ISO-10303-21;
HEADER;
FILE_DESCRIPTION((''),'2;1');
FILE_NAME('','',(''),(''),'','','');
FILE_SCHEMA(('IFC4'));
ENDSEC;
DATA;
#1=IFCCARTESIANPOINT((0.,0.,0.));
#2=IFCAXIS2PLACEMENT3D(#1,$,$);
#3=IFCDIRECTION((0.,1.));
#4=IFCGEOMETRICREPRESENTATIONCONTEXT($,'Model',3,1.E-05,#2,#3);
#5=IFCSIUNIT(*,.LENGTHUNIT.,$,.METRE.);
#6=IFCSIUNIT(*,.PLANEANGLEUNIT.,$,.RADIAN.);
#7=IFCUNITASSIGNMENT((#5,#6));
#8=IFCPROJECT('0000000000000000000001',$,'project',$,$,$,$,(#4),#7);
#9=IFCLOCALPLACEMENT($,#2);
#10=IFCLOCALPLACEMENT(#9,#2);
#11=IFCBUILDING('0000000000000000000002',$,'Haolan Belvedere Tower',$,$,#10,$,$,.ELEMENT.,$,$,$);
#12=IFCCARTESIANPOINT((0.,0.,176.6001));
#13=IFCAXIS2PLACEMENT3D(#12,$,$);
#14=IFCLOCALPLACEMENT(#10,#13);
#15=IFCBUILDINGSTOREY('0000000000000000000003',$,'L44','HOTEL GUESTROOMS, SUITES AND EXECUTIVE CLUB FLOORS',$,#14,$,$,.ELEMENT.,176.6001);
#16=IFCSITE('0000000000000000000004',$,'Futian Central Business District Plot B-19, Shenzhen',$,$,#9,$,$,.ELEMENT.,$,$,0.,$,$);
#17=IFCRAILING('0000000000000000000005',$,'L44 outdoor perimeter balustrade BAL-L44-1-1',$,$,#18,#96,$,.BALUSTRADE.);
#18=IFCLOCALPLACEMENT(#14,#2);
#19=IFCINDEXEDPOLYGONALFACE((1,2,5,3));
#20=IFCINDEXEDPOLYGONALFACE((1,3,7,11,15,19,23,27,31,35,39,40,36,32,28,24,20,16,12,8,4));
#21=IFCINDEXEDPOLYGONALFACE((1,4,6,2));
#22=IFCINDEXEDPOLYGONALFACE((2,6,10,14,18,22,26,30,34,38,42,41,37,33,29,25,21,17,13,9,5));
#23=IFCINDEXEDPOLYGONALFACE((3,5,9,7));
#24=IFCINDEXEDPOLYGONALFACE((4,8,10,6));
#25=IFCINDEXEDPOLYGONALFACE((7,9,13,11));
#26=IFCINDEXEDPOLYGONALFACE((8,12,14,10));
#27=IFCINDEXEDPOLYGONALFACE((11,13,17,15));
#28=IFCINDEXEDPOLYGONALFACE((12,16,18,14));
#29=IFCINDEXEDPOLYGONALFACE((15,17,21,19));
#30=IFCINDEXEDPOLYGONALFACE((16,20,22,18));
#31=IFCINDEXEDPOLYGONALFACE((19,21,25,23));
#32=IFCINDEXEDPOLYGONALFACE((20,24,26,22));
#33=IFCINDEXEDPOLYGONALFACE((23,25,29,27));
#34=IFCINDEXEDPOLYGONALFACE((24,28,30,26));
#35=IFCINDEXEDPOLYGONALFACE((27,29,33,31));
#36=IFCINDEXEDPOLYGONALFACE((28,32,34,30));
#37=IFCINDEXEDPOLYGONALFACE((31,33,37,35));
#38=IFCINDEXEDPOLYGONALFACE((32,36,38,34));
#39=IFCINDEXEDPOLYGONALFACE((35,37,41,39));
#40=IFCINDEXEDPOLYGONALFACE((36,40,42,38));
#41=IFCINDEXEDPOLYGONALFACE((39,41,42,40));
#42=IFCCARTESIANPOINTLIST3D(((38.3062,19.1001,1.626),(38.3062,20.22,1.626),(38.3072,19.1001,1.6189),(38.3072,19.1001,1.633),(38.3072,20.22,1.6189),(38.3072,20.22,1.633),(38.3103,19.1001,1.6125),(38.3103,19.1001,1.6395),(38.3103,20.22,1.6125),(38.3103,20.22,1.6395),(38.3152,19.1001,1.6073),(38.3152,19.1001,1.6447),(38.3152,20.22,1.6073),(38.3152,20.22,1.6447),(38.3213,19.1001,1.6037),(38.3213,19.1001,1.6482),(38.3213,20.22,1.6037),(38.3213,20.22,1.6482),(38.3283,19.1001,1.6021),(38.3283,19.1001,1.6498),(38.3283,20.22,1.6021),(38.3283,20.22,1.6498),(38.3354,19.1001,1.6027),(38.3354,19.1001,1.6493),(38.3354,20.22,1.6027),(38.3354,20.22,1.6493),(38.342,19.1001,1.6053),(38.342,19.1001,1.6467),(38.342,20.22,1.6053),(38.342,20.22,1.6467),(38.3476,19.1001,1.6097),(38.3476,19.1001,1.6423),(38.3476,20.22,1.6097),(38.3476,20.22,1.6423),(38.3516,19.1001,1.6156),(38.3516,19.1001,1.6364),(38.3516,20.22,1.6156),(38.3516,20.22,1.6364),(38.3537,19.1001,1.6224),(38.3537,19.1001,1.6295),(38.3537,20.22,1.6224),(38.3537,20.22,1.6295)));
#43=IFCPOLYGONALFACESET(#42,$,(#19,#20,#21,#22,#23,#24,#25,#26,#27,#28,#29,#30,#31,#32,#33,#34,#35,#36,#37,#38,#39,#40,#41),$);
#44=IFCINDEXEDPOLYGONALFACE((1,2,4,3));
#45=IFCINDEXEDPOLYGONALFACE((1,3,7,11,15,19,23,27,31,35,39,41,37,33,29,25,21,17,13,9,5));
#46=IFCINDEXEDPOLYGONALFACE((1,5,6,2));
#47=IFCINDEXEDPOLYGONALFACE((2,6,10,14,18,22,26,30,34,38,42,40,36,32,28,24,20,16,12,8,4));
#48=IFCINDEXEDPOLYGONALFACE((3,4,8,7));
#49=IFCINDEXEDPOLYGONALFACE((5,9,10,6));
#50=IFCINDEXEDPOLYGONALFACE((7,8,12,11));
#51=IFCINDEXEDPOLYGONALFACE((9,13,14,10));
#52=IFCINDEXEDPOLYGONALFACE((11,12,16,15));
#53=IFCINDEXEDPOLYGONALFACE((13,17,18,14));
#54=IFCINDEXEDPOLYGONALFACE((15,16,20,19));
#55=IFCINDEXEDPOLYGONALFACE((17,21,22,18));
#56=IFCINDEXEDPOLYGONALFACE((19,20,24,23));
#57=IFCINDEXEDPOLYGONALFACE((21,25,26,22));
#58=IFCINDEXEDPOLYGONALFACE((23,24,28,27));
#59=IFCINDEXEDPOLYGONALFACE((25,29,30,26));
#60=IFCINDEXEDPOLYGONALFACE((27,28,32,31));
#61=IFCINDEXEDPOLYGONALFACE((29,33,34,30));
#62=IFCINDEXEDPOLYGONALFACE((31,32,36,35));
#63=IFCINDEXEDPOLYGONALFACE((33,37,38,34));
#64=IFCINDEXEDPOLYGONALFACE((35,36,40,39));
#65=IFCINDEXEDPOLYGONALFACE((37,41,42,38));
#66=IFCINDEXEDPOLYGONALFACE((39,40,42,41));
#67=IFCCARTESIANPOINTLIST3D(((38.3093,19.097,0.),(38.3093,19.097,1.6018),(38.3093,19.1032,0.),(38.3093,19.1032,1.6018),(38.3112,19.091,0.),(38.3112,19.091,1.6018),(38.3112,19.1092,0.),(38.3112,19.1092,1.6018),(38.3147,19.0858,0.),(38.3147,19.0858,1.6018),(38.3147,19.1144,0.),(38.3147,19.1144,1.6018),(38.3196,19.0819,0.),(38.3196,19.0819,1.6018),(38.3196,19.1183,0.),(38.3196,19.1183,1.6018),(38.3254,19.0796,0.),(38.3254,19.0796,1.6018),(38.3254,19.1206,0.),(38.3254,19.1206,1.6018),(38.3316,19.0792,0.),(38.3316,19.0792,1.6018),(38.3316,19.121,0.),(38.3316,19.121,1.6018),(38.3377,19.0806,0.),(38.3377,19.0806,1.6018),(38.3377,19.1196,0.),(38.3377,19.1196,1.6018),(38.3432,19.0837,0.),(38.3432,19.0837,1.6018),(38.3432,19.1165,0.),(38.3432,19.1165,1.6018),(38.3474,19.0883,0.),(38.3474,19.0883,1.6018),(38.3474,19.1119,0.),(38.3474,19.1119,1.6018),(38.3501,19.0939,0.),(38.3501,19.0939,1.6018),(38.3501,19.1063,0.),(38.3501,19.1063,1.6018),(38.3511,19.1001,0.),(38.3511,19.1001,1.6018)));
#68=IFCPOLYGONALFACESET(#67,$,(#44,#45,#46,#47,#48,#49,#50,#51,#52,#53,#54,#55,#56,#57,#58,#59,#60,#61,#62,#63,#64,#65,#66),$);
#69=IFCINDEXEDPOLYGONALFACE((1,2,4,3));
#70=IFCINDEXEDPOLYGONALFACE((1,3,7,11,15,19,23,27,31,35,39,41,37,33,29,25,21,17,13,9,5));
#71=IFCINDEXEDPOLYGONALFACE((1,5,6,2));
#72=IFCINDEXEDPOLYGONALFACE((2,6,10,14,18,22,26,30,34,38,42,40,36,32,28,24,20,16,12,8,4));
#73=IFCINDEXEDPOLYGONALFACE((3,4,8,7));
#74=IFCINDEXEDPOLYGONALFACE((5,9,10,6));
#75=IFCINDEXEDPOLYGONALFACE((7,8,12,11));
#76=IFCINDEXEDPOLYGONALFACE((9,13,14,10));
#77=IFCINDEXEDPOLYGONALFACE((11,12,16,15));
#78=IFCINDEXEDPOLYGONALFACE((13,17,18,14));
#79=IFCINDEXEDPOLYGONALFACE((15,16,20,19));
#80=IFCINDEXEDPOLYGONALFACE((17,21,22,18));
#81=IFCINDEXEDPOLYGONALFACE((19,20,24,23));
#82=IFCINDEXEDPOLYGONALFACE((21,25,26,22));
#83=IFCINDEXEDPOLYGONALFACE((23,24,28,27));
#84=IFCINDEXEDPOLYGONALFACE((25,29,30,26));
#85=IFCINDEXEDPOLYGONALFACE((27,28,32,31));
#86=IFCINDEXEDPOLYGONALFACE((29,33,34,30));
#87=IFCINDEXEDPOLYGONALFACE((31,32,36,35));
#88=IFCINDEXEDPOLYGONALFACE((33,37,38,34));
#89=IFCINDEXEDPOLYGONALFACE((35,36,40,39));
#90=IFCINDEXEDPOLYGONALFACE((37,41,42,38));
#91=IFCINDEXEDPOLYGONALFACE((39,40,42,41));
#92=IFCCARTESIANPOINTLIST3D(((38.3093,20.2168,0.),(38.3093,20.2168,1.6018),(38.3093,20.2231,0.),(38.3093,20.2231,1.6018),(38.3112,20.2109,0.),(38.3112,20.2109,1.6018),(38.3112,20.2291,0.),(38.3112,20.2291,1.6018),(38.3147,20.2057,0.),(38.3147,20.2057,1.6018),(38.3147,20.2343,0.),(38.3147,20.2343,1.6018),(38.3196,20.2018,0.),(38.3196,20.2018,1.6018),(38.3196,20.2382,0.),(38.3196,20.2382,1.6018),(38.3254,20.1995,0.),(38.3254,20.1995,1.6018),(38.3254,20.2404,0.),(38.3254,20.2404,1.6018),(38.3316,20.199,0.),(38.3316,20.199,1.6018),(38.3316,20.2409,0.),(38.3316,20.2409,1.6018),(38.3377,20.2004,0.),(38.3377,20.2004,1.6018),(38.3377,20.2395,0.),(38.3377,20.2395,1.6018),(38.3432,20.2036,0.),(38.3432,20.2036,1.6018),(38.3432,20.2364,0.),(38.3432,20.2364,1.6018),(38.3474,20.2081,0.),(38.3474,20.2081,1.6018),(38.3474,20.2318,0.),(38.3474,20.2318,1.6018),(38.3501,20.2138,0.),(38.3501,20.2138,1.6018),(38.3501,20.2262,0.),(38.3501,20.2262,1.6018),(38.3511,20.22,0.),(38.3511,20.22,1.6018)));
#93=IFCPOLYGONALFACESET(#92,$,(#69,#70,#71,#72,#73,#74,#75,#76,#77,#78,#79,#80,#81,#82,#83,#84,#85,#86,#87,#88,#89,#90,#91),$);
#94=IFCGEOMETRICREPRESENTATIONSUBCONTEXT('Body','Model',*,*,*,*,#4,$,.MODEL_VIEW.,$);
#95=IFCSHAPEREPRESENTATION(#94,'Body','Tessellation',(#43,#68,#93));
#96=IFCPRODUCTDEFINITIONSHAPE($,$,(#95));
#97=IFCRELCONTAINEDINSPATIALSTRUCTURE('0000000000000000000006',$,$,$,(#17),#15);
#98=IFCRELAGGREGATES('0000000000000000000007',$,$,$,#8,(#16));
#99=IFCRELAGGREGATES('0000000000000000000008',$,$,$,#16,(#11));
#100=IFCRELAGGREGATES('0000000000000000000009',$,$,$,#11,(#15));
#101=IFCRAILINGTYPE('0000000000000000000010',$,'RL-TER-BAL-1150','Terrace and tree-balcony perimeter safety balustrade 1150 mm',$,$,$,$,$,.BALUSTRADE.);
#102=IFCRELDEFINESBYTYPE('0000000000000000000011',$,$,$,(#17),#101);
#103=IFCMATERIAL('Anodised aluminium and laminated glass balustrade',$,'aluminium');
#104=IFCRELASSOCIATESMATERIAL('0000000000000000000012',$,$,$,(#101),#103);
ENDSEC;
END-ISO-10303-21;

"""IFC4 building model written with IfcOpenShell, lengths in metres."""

from ifc_helpers import new_model, si_unit, direction, frame, origin, origin_2d, place, context, subcontext, project, spatial, circle, extrude, material, type_object, element, save


model = new_model("IFC4")

# Units and contexts
model_context = context("Model", 3, precision=1e-05, world=origin(), true_north=direction((0.0, 1.0)))
body_context = subcontext(model_context, "Body", "Model", "MODEL_VIEW")
ifc_project = project(units=[si_unit("LENGTHUNIT", "METRE"), si_unit("PLANEANGLEUNIT", "RADIAN")], contexts=[model_context])

# Site, building, storey
site_placement = place(None, origin())
site = spatial("IfcSite", under=ifc_project, at=site_placement, Name="Futian Central Business District Plot B-19, Shenzhen", CompositionType="ELEMENT", RefElevation=0.0)
building_placement = place(site_placement, origin())
building = spatial("IfcBuilding", under=site, at=building_placement, Name="Haolan Belvedere Tower", CompositionType="ELEMENT")
storey_placement = place(building_placement, frame((0.0, 0.0, 176.6001)))
storey = spatial("IfcBuildingStorey", under=building, at=storey_placement, Name="L44", Description="HOTEL GUESTROOMS, SUITES AND EXECUTIVE CLUB FLOORS", CompositionType="ELEMENT", Elevation=176.6001)

# Railing
ifc_material_1 = material(Name="Anodised aluminium and laminated glass balustrade", Category="aluminium")
railing_type = type_object("IfcRailingType", Name="RL-TER-BAL-1150", Description="Terrace and tree-balcony perimeter safety balustrade 1150 mm", PredefinedType="BALUSTRADE", material=ifc_material_1)
railing_placement = place(storey_placement, frame((38.3301, 19.1001, 0.0)))
element("IfcRailing", 1, at=railing_placement, inside=storey, type_object=railing_type, Name="L44 outdoor perimeter balustrade BAL-L44-1-1", PredefinedType="BALUSTRADE", context=body_context, shape_type="SweptSolid", body=[
    extrude(circle(Radius=0.0239, at=origin_2d()), frame((0.0, 0.0, 1.626), z_axis=(0.0, 1.0, 0.0), x_axis=(-1.0, 0.0, 0.0)), (0.0, 0.0, 1.0), 1.1199),
    extrude(circle(Radius=0.021, at=origin_2d()), origin(), (0.0, 0.0, 1.0), 1.6018),
    extrude(circle(Radius=0.021, at=origin_2d()), frame((0.0, 1.1199, 0.0)), (0.0, 0.0, 1.0), 1.6018),
])

save(model, "model.ifc")
